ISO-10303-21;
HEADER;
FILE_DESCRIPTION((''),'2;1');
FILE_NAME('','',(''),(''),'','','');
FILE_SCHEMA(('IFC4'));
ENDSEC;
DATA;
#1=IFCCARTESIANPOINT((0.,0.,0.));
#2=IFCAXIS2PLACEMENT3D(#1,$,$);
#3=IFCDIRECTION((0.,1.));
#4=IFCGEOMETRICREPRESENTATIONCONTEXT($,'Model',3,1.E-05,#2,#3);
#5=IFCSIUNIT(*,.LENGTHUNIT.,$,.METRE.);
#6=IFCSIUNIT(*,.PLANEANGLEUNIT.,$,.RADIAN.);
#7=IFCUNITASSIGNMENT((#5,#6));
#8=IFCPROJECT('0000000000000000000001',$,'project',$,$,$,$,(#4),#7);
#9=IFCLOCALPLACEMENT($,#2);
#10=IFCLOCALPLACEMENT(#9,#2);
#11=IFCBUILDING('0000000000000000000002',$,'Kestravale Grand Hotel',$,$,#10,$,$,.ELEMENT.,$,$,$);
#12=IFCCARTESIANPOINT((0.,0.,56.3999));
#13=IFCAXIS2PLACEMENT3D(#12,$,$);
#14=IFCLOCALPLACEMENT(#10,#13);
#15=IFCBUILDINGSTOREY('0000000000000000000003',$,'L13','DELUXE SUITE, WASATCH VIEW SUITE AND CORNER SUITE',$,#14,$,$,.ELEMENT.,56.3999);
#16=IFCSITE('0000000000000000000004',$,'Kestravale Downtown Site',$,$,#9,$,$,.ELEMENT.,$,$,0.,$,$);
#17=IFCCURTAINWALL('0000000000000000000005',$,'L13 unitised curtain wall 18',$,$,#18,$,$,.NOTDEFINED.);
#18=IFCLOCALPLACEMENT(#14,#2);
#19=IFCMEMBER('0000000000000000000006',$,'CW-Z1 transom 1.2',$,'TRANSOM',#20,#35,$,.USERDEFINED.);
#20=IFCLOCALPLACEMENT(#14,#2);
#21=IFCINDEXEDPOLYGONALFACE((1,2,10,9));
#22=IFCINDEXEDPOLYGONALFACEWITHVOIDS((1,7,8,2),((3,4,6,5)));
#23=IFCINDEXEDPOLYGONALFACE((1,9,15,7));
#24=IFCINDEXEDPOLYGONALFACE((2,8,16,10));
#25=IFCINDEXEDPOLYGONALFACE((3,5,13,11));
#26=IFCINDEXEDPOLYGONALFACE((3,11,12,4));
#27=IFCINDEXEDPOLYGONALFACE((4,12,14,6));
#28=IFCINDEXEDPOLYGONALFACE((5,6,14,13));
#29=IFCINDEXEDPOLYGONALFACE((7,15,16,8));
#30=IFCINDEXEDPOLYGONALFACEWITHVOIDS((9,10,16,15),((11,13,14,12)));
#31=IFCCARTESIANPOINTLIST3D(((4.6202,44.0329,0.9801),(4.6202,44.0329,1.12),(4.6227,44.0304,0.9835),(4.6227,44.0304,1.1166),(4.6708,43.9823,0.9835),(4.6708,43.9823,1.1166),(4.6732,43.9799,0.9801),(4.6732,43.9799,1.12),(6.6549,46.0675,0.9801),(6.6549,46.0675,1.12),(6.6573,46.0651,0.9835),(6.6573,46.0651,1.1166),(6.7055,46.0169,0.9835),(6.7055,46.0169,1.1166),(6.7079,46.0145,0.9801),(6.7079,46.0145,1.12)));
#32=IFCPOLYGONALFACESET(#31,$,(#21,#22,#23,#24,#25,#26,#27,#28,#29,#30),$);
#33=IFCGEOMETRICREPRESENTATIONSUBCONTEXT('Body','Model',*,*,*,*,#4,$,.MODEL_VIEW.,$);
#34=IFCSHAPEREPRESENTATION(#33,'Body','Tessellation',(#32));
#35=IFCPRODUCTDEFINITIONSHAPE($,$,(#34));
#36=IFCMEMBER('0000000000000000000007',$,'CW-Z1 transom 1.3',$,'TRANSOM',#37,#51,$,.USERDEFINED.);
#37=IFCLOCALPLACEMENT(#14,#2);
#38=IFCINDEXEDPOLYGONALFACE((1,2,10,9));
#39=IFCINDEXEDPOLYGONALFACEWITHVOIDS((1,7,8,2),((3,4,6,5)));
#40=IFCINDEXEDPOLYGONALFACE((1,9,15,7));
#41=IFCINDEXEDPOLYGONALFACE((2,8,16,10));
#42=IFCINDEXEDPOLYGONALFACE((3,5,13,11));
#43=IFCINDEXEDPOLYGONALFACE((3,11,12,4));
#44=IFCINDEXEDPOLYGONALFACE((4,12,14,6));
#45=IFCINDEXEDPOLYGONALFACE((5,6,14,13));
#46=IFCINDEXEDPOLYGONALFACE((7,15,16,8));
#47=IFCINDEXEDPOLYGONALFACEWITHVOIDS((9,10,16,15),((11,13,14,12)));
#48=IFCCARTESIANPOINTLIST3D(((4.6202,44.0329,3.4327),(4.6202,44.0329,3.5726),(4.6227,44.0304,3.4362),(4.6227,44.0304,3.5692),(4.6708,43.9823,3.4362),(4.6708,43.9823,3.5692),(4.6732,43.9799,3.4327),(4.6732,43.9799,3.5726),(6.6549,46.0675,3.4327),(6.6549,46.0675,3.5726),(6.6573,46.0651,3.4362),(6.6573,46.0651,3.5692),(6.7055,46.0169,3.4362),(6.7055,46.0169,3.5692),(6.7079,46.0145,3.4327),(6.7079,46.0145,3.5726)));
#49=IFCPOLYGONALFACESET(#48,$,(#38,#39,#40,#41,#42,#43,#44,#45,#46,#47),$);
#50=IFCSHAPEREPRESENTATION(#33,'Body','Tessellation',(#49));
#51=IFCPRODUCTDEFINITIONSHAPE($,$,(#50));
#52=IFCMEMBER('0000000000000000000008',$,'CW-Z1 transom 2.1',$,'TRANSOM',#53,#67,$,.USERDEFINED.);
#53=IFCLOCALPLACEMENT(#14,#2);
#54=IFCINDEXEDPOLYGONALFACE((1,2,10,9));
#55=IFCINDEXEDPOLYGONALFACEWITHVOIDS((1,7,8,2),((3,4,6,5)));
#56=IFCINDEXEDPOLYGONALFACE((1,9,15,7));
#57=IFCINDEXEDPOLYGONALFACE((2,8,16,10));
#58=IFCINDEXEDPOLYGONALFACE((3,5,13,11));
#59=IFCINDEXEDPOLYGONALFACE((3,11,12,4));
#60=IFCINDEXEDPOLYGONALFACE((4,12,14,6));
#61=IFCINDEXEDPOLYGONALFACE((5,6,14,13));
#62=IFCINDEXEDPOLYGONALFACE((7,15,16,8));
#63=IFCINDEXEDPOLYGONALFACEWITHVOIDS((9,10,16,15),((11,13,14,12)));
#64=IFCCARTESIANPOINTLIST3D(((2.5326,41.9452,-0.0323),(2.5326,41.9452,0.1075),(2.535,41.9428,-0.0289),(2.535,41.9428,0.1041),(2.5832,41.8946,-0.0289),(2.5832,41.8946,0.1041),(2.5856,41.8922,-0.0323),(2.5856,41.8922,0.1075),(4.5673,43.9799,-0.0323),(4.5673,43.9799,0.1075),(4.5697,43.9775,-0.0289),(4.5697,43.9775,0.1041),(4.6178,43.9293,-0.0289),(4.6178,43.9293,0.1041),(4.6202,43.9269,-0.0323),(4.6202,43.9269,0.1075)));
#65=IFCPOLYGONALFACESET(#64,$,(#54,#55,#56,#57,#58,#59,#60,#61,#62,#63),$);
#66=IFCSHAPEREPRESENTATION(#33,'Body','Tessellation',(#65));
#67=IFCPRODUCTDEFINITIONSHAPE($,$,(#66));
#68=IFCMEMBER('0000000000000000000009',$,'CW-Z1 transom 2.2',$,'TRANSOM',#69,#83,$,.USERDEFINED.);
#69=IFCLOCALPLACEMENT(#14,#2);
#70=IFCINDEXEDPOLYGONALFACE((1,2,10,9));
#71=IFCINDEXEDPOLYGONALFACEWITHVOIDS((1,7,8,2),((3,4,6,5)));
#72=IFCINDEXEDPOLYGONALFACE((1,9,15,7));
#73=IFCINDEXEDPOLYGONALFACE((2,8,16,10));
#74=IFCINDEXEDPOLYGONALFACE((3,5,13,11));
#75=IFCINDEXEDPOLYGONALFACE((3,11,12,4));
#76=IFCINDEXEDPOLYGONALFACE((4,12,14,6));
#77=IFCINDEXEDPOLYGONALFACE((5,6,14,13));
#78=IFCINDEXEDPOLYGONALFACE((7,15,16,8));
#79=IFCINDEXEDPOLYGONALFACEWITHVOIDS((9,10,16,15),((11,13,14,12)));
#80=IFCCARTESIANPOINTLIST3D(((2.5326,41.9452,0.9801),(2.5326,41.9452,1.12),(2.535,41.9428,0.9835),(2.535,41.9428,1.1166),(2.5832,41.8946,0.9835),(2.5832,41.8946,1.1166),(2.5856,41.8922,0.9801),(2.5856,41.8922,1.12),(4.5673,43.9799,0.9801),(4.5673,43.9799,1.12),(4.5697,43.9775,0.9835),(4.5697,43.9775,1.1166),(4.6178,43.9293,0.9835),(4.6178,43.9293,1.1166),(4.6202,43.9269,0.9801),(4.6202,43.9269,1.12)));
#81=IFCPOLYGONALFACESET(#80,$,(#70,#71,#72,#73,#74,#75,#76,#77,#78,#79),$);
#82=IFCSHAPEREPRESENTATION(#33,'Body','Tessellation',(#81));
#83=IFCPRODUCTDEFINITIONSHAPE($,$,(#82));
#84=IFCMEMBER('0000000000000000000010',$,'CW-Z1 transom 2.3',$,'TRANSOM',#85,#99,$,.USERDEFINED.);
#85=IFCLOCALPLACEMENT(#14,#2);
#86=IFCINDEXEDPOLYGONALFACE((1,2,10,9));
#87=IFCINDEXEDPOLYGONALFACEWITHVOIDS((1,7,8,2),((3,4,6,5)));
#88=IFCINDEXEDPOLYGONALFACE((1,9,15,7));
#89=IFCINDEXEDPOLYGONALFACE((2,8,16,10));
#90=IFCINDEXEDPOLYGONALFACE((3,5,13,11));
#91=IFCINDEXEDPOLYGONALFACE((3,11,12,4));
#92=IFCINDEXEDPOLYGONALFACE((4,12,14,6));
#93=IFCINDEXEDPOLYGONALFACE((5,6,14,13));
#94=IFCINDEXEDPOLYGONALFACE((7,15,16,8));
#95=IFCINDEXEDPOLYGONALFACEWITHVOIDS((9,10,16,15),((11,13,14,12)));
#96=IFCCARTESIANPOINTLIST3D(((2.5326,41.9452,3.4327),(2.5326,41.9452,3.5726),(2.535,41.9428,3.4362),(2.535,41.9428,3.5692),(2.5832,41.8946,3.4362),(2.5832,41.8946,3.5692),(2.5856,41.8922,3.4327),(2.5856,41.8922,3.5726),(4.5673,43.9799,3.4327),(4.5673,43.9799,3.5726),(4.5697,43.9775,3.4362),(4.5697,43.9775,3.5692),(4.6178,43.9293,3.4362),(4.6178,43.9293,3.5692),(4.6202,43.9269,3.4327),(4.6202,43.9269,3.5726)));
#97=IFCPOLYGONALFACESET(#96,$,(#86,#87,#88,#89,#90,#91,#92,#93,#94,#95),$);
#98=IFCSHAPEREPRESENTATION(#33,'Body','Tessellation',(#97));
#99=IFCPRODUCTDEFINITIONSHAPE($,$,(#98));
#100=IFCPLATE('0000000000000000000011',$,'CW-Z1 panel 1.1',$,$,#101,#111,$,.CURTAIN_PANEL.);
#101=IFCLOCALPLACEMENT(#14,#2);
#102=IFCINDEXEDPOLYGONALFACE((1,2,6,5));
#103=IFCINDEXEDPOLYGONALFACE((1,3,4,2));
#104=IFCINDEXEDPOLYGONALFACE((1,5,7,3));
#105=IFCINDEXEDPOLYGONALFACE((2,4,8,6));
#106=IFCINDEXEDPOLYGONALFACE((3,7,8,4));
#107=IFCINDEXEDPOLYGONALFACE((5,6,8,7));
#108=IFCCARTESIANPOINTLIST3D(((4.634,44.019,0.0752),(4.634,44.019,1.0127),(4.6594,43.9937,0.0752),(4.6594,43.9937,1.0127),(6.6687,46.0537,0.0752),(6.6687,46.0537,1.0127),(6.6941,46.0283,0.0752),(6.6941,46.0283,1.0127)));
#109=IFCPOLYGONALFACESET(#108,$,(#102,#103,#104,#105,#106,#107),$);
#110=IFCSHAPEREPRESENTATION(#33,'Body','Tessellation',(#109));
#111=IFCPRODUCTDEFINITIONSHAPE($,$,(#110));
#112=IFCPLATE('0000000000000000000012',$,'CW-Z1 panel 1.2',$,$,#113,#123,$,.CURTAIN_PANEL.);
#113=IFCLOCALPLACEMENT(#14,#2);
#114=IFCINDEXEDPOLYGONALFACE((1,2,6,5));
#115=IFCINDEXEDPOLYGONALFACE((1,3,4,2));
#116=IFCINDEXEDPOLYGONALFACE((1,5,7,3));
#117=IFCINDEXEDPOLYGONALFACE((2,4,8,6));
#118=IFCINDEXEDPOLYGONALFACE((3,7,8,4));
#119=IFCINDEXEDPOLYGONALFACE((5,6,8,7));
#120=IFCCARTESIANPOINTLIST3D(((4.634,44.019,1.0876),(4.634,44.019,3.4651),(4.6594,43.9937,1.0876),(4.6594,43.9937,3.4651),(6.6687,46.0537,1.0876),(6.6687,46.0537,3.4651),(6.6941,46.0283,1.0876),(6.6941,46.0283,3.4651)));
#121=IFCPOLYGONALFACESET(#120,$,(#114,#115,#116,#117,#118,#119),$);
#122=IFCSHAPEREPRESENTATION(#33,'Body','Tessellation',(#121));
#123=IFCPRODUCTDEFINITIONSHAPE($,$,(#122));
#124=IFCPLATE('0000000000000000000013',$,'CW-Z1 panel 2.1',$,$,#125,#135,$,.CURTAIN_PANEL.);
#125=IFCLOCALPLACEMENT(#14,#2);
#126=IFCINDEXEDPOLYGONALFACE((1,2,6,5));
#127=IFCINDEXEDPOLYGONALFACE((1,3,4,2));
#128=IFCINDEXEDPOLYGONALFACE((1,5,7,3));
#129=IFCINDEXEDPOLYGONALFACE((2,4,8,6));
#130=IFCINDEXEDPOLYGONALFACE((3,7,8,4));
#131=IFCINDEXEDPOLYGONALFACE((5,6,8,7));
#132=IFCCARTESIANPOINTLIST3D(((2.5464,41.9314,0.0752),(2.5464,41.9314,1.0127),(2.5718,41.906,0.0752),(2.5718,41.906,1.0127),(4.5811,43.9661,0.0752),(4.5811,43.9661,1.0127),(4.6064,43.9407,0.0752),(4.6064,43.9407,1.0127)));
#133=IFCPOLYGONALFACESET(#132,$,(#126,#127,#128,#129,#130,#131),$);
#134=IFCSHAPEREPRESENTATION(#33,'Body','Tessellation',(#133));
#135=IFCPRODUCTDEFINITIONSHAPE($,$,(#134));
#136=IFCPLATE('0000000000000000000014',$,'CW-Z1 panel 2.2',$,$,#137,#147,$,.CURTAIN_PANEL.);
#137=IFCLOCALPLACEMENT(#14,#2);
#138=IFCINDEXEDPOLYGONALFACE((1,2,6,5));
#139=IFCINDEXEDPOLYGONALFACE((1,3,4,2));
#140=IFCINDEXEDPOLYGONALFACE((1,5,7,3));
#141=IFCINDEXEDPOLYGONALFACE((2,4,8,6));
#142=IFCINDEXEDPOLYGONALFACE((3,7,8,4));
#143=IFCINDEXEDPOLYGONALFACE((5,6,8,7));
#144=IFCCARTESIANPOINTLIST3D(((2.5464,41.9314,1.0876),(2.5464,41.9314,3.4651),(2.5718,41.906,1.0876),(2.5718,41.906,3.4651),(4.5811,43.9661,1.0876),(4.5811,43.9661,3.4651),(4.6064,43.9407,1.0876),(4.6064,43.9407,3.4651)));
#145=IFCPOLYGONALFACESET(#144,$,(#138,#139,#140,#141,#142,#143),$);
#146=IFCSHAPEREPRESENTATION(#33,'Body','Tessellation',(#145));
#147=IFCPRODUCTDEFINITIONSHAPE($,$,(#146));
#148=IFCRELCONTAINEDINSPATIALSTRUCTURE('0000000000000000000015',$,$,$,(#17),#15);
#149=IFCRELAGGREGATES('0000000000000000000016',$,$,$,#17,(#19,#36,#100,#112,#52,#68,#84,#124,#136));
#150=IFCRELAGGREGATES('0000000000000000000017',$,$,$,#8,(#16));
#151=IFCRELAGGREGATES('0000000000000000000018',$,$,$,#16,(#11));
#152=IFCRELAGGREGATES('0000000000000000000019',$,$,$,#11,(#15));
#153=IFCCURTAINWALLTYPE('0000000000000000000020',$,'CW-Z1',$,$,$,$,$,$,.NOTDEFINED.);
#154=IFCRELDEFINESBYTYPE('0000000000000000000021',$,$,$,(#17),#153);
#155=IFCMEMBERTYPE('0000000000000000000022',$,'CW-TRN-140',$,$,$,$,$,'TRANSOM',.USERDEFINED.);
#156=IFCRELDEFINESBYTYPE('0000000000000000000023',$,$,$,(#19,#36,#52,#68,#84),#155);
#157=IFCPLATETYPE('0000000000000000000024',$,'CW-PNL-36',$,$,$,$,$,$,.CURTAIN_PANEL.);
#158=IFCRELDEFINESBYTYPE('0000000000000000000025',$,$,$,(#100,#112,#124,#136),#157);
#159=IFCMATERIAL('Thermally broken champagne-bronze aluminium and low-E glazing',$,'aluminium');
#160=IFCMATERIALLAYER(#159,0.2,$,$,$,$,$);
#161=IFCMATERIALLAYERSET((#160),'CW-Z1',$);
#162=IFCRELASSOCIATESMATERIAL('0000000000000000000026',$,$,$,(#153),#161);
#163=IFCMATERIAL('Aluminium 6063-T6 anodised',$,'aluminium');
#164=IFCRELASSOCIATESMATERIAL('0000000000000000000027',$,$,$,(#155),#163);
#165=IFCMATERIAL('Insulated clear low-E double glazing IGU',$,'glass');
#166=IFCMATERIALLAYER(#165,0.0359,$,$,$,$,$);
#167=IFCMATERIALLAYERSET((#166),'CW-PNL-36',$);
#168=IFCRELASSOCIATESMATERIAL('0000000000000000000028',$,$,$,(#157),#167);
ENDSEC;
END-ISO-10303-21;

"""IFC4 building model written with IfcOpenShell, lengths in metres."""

from ifc_helpers import new_model, si_unit, direction, frame, origin, origin_2d, place, context, subcontext, project, spatial, rectangle, hollow_rectangle, extrude, material, layer, layer_set, material_profile, profile_set, type_object, element, aggregate, save


model = new_model("IFC4")

# Units and contexts
model_context = context("Model", 3, precision=1e-05, world=origin(), true_north=direction((0.0, 1.0)))
body_context = subcontext(model_context, "Body", "Model", "MODEL_VIEW")
ifc_project = project(units=[si_unit("LENGTHUNIT", "METRE"), si_unit("PLANEANGLEUNIT", "RADIAN")], contexts=[model_context])

# Site, building, storey
site_placement = place(None, origin())
site = spatial("IfcSite", under=ifc_project, at=site_placement, Name="Kestravale Downtown Site", CompositionType="ELEMENT", RefElevation=0.0)
building_placement = place(site_placement, origin())
building = spatial("IfcBuilding", under=site, at=building_placement, Name="Kestravale Grand Hotel", CompositionType="ELEMENT")
storey_placement = place(building_placement, frame((0.0, 0.0, 56.3999)))
storey = spatial("IfcBuildingStorey", under=building, at=storey_placement, Name="L13", Description="DELUXE SUITE, WASATCH VIEW SUITE AND CORNER SUITE", CompositionType="ELEMENT", Elevation=56.3999)

# Curtain wall, members, plates
ifc_material_1 = material(Name="Thermally broken champagne-bronze aluminium and low-E glazing", Category="aluminium")
ifc_layer_1 = layer(ifc_material_1, 0.2)
ifc_layer_set_1 = layer_set([ifc_layer_1], Name="CW-Z1")
curtain_wall_type = type_object("IfcCurtainWallType", Name="CW-Z1", PredefinedType="NOTDEFINED", material=ifc_layer_set_1)
curtain_wall_placement = place(storey_placement, origin())
curtain_wall = element("IfcCurtainWall", 1, at=curtain_wall_placement, inside=storey, type_object=curtain_wall_type, Name="L13 unitised curtain wall 18", PredefinedType="NOTDEFINED")
ifc_material_2 = material(Name="Aluminium 6063-T6 anodised", Category="aluminium")
ifc_material_profile_1 = material_profile(ifc_material_2, hollow_rectangle(XDim=0.075, YDim=0.1399, WallThickness=0.0034, at=origin_2d()))
ifc_profile_set_1 = profile_set([ifc_material_profile_1], Name="Aluminium 6063-T6 anodised")
member_type_1 = type_object("IfcMemberType", Name="CW-TRN-140", ElementType="TRANSOM", PredefinedType="USERDEFINED", material=ifc_profile_set_1)
member_1_placement = place(storey_placement, frame((6.6814, 46.041, 1.05), z_axis=(-0.707107, -0.707107, 0.0), x_axis=(0.707107, -0.707107, 0.0)))
member_1 = element("IfcMember", 2, at=member_1_placement, type_object=member_type_1, Name="CW-Z1 transom 1.2", ObjectType="TRANSOM", PredefinedType="USERDEFINED", context=body_context, shape_type="SweptSolid", body=[
    extrude(hollow_rectangle(XDim=0.075, YDim=0.1399, WallThickness=0.0034, at=origin_2d()), origin(), (0.0, 0.0, 1.0), 2.8774),
])
member_2_placement = place(storey_placement, frame((6.6814, 46.041, 3.5027), z_axis=(-0.707107, -0.707107, 0.0), x_axis=(0.707107, -0.707107, 0.0)))
member_2 = element("IfcMember", 3, at=member_2_placement, type_object=member_type_1, Name="CW-Z1 transom 1.3", ObjectType="TRANSOM", PredefinedType="USERDEFINED", context=body_context, shape_type="SweptSolid", body=[
    extrude(hollow_rectangle(XDim=0.075, YDim=0.1399, WallThickness=0.0034, at=origin_2d()), origin(), (0.0, 0.0, 1.0), 2.8774),
])
member_3_placement = place(storey_placement, frame((4.5938, 43.9534, 0.0376), z_axis=(-0.707107, -0.707107, 0.0), x_axis=(0.707107, -0.707107, 0.0)))
member_3 = element("IfcMember", 4, at=member_3_placement, type_object=member_type_1, Name="CW-Z1 transom 2.1", ObjectType="TRANSOM", PredefinedType="USERDEFINED", context=body_context, shape_type="SweptSolid", body=[
    extrude(hollow_rectangle(XDim=0.075, YDim=0.1399, WallThickness=0.0034, at=origin_2d()), origin(), (0.0, 0.0, 1.0), 2.8774),
])
member_4_placement = place(storey_placement, frame((4.5938, 43.9534, 1.05), z_axis=(-0.707107, -0.707107, 0.0), x_axis=(0.707107, -0.707107, 0.0)))
member_4 = element("IfcMember", 5, at=member_4_placement, type_object=member_type_1, Name="CW-Z1 transom 2.2", ObjectType="TRANSOM", PredefinedType="USERDEFINED", context=body_context, shape_type="SweptSolid", body=[
    extrude(hollow_rectangle(XDim=0.075, YDim=0.1399, WallThickness=0.0034, at=origin_2d()), origin(), (0.0, 0.0, 1.0), 2.8774),
])
member_5_placement = place(storey_placement, frame((4.5938, 43.9534, 3.5027), z_axis=(-0.707107, -0.707107, 0.0), x_axis=(0.707107, -0.707107, 0.0)))
member_5 = element("IfcMember", 6, at=member_5_placement, type_object=member_type_1, Name="CW-Z1 transom 2.3", ObjectType="TRANSOM", PredefinedType="USERDEFINED", context=body_context, shape_type="SweptSolid", body=[
    extrude(hollow_rectangle(XDim=0.075, YDim=0.1399, WallThickness=0.0034, at=origin_2d()), origin(), (0.0, 0.0, 1.0), 2.8774),
])
ifc_material_3 = material(Name="Insulated clear low-E double glazing IGU", Category="glass")
ifc_layer_2 = layer(ifc_material_3, 0.0359)
ifc_layer_set_2 = layer_set([ifc_layer_2], Name="CW-PNL-36")
plate_type = type_object("IfcPlateType", Name="CW-PNL-36", PredefinedType="CURTAIN_PANEL", material=ifc_layer_set_2)
plate_1_placement = place(storey_placement, frame((5.6641, 45.0237, 0.0752), z_axis=(0.0, 0.0, 1.0), x_axis=(-0.707107, -0.707107, 0.0)))
plate_1 = element("IfcPlate", 7, at=plate_1_placement, type_object=plate_type, Name="CW-Z1 panel 1.1", PredefinedType="CURTAIN_PANEL", context=body_context, shape_type="SweptSolid", body=[
    extrude(rectangle(XDim=2.8774, YDim=0.0359, at=origin_2d()), origin(), (0.0, 0.0, 1.0), 0.9375),
])
plate_2_placement = place(storey_placement, frame((5.6641, 45.0237, 1.0876), z_axis=(0.0, 0.0, 1.0), x_axis=(-0.707107, -0.707107, 0.0)))
plate_2 = element("IfcPlate", 8, at=plate_2_placement, type_object=plate_type, Name="CW-Z1 panel 1.2", PredefinedType="CURTAIN_PANEL", context=body_context, shape_type="SweptSolid", body=[
    extrude(rectangle(XDim=2.8774, YDim=0.0359, at=origin_2d()), origin(), (0.0, 0.0, 1.0), 2.3774),
])
plate_3_placement = place(storey_placement, frame((3.5764, 42.936, 0.0752), z_axis=(0.0, 0.0, 1.0), x_axis=(-0.707107, -0.707107, 0.0)))
plate_3 = element("IfcPlate", 9, at=plate_3_placement, type_object=plate_type, Name="CW-Z1 panel 2.1", PredefinedType="CURTAIN_PANEL", context=body_context, shape_type="SweptSolid", body=[
    extrude(rectangle(XDim=2.8774, YDim=0.0359, at=origin_2d()), origin(), (0.0, 0.0, 1.0), 0.9375),
])
plate_4_placement = place(storey_placement, frame((3.5764, 42.936, 1.0876), z_axis=(0.0, 0.0, 1.0), x_axis=(-0.707107, -0.707107, 0.0)))
plate_4 = element("IfcPlate", 10, at=plate_4_placement, type_object=plate_type, Name="CW-Z1 panel 2.2", PredefinedType="CURTAIN_PANEL", context=body_context, shape_type="SweptSolid", body=[
    extrude(rectangle(XDim=2.8774, YDim=0.0359, at=origin_2d()), origin(), (0.0, 0.0, 1.0), 2.3774),
])
aggregate(curtain_wall, [member_1, member_2, plate_1, plate_2, member_3, member_4, member_5, plate_3, plate_4])

save(model, "model.ifc")
